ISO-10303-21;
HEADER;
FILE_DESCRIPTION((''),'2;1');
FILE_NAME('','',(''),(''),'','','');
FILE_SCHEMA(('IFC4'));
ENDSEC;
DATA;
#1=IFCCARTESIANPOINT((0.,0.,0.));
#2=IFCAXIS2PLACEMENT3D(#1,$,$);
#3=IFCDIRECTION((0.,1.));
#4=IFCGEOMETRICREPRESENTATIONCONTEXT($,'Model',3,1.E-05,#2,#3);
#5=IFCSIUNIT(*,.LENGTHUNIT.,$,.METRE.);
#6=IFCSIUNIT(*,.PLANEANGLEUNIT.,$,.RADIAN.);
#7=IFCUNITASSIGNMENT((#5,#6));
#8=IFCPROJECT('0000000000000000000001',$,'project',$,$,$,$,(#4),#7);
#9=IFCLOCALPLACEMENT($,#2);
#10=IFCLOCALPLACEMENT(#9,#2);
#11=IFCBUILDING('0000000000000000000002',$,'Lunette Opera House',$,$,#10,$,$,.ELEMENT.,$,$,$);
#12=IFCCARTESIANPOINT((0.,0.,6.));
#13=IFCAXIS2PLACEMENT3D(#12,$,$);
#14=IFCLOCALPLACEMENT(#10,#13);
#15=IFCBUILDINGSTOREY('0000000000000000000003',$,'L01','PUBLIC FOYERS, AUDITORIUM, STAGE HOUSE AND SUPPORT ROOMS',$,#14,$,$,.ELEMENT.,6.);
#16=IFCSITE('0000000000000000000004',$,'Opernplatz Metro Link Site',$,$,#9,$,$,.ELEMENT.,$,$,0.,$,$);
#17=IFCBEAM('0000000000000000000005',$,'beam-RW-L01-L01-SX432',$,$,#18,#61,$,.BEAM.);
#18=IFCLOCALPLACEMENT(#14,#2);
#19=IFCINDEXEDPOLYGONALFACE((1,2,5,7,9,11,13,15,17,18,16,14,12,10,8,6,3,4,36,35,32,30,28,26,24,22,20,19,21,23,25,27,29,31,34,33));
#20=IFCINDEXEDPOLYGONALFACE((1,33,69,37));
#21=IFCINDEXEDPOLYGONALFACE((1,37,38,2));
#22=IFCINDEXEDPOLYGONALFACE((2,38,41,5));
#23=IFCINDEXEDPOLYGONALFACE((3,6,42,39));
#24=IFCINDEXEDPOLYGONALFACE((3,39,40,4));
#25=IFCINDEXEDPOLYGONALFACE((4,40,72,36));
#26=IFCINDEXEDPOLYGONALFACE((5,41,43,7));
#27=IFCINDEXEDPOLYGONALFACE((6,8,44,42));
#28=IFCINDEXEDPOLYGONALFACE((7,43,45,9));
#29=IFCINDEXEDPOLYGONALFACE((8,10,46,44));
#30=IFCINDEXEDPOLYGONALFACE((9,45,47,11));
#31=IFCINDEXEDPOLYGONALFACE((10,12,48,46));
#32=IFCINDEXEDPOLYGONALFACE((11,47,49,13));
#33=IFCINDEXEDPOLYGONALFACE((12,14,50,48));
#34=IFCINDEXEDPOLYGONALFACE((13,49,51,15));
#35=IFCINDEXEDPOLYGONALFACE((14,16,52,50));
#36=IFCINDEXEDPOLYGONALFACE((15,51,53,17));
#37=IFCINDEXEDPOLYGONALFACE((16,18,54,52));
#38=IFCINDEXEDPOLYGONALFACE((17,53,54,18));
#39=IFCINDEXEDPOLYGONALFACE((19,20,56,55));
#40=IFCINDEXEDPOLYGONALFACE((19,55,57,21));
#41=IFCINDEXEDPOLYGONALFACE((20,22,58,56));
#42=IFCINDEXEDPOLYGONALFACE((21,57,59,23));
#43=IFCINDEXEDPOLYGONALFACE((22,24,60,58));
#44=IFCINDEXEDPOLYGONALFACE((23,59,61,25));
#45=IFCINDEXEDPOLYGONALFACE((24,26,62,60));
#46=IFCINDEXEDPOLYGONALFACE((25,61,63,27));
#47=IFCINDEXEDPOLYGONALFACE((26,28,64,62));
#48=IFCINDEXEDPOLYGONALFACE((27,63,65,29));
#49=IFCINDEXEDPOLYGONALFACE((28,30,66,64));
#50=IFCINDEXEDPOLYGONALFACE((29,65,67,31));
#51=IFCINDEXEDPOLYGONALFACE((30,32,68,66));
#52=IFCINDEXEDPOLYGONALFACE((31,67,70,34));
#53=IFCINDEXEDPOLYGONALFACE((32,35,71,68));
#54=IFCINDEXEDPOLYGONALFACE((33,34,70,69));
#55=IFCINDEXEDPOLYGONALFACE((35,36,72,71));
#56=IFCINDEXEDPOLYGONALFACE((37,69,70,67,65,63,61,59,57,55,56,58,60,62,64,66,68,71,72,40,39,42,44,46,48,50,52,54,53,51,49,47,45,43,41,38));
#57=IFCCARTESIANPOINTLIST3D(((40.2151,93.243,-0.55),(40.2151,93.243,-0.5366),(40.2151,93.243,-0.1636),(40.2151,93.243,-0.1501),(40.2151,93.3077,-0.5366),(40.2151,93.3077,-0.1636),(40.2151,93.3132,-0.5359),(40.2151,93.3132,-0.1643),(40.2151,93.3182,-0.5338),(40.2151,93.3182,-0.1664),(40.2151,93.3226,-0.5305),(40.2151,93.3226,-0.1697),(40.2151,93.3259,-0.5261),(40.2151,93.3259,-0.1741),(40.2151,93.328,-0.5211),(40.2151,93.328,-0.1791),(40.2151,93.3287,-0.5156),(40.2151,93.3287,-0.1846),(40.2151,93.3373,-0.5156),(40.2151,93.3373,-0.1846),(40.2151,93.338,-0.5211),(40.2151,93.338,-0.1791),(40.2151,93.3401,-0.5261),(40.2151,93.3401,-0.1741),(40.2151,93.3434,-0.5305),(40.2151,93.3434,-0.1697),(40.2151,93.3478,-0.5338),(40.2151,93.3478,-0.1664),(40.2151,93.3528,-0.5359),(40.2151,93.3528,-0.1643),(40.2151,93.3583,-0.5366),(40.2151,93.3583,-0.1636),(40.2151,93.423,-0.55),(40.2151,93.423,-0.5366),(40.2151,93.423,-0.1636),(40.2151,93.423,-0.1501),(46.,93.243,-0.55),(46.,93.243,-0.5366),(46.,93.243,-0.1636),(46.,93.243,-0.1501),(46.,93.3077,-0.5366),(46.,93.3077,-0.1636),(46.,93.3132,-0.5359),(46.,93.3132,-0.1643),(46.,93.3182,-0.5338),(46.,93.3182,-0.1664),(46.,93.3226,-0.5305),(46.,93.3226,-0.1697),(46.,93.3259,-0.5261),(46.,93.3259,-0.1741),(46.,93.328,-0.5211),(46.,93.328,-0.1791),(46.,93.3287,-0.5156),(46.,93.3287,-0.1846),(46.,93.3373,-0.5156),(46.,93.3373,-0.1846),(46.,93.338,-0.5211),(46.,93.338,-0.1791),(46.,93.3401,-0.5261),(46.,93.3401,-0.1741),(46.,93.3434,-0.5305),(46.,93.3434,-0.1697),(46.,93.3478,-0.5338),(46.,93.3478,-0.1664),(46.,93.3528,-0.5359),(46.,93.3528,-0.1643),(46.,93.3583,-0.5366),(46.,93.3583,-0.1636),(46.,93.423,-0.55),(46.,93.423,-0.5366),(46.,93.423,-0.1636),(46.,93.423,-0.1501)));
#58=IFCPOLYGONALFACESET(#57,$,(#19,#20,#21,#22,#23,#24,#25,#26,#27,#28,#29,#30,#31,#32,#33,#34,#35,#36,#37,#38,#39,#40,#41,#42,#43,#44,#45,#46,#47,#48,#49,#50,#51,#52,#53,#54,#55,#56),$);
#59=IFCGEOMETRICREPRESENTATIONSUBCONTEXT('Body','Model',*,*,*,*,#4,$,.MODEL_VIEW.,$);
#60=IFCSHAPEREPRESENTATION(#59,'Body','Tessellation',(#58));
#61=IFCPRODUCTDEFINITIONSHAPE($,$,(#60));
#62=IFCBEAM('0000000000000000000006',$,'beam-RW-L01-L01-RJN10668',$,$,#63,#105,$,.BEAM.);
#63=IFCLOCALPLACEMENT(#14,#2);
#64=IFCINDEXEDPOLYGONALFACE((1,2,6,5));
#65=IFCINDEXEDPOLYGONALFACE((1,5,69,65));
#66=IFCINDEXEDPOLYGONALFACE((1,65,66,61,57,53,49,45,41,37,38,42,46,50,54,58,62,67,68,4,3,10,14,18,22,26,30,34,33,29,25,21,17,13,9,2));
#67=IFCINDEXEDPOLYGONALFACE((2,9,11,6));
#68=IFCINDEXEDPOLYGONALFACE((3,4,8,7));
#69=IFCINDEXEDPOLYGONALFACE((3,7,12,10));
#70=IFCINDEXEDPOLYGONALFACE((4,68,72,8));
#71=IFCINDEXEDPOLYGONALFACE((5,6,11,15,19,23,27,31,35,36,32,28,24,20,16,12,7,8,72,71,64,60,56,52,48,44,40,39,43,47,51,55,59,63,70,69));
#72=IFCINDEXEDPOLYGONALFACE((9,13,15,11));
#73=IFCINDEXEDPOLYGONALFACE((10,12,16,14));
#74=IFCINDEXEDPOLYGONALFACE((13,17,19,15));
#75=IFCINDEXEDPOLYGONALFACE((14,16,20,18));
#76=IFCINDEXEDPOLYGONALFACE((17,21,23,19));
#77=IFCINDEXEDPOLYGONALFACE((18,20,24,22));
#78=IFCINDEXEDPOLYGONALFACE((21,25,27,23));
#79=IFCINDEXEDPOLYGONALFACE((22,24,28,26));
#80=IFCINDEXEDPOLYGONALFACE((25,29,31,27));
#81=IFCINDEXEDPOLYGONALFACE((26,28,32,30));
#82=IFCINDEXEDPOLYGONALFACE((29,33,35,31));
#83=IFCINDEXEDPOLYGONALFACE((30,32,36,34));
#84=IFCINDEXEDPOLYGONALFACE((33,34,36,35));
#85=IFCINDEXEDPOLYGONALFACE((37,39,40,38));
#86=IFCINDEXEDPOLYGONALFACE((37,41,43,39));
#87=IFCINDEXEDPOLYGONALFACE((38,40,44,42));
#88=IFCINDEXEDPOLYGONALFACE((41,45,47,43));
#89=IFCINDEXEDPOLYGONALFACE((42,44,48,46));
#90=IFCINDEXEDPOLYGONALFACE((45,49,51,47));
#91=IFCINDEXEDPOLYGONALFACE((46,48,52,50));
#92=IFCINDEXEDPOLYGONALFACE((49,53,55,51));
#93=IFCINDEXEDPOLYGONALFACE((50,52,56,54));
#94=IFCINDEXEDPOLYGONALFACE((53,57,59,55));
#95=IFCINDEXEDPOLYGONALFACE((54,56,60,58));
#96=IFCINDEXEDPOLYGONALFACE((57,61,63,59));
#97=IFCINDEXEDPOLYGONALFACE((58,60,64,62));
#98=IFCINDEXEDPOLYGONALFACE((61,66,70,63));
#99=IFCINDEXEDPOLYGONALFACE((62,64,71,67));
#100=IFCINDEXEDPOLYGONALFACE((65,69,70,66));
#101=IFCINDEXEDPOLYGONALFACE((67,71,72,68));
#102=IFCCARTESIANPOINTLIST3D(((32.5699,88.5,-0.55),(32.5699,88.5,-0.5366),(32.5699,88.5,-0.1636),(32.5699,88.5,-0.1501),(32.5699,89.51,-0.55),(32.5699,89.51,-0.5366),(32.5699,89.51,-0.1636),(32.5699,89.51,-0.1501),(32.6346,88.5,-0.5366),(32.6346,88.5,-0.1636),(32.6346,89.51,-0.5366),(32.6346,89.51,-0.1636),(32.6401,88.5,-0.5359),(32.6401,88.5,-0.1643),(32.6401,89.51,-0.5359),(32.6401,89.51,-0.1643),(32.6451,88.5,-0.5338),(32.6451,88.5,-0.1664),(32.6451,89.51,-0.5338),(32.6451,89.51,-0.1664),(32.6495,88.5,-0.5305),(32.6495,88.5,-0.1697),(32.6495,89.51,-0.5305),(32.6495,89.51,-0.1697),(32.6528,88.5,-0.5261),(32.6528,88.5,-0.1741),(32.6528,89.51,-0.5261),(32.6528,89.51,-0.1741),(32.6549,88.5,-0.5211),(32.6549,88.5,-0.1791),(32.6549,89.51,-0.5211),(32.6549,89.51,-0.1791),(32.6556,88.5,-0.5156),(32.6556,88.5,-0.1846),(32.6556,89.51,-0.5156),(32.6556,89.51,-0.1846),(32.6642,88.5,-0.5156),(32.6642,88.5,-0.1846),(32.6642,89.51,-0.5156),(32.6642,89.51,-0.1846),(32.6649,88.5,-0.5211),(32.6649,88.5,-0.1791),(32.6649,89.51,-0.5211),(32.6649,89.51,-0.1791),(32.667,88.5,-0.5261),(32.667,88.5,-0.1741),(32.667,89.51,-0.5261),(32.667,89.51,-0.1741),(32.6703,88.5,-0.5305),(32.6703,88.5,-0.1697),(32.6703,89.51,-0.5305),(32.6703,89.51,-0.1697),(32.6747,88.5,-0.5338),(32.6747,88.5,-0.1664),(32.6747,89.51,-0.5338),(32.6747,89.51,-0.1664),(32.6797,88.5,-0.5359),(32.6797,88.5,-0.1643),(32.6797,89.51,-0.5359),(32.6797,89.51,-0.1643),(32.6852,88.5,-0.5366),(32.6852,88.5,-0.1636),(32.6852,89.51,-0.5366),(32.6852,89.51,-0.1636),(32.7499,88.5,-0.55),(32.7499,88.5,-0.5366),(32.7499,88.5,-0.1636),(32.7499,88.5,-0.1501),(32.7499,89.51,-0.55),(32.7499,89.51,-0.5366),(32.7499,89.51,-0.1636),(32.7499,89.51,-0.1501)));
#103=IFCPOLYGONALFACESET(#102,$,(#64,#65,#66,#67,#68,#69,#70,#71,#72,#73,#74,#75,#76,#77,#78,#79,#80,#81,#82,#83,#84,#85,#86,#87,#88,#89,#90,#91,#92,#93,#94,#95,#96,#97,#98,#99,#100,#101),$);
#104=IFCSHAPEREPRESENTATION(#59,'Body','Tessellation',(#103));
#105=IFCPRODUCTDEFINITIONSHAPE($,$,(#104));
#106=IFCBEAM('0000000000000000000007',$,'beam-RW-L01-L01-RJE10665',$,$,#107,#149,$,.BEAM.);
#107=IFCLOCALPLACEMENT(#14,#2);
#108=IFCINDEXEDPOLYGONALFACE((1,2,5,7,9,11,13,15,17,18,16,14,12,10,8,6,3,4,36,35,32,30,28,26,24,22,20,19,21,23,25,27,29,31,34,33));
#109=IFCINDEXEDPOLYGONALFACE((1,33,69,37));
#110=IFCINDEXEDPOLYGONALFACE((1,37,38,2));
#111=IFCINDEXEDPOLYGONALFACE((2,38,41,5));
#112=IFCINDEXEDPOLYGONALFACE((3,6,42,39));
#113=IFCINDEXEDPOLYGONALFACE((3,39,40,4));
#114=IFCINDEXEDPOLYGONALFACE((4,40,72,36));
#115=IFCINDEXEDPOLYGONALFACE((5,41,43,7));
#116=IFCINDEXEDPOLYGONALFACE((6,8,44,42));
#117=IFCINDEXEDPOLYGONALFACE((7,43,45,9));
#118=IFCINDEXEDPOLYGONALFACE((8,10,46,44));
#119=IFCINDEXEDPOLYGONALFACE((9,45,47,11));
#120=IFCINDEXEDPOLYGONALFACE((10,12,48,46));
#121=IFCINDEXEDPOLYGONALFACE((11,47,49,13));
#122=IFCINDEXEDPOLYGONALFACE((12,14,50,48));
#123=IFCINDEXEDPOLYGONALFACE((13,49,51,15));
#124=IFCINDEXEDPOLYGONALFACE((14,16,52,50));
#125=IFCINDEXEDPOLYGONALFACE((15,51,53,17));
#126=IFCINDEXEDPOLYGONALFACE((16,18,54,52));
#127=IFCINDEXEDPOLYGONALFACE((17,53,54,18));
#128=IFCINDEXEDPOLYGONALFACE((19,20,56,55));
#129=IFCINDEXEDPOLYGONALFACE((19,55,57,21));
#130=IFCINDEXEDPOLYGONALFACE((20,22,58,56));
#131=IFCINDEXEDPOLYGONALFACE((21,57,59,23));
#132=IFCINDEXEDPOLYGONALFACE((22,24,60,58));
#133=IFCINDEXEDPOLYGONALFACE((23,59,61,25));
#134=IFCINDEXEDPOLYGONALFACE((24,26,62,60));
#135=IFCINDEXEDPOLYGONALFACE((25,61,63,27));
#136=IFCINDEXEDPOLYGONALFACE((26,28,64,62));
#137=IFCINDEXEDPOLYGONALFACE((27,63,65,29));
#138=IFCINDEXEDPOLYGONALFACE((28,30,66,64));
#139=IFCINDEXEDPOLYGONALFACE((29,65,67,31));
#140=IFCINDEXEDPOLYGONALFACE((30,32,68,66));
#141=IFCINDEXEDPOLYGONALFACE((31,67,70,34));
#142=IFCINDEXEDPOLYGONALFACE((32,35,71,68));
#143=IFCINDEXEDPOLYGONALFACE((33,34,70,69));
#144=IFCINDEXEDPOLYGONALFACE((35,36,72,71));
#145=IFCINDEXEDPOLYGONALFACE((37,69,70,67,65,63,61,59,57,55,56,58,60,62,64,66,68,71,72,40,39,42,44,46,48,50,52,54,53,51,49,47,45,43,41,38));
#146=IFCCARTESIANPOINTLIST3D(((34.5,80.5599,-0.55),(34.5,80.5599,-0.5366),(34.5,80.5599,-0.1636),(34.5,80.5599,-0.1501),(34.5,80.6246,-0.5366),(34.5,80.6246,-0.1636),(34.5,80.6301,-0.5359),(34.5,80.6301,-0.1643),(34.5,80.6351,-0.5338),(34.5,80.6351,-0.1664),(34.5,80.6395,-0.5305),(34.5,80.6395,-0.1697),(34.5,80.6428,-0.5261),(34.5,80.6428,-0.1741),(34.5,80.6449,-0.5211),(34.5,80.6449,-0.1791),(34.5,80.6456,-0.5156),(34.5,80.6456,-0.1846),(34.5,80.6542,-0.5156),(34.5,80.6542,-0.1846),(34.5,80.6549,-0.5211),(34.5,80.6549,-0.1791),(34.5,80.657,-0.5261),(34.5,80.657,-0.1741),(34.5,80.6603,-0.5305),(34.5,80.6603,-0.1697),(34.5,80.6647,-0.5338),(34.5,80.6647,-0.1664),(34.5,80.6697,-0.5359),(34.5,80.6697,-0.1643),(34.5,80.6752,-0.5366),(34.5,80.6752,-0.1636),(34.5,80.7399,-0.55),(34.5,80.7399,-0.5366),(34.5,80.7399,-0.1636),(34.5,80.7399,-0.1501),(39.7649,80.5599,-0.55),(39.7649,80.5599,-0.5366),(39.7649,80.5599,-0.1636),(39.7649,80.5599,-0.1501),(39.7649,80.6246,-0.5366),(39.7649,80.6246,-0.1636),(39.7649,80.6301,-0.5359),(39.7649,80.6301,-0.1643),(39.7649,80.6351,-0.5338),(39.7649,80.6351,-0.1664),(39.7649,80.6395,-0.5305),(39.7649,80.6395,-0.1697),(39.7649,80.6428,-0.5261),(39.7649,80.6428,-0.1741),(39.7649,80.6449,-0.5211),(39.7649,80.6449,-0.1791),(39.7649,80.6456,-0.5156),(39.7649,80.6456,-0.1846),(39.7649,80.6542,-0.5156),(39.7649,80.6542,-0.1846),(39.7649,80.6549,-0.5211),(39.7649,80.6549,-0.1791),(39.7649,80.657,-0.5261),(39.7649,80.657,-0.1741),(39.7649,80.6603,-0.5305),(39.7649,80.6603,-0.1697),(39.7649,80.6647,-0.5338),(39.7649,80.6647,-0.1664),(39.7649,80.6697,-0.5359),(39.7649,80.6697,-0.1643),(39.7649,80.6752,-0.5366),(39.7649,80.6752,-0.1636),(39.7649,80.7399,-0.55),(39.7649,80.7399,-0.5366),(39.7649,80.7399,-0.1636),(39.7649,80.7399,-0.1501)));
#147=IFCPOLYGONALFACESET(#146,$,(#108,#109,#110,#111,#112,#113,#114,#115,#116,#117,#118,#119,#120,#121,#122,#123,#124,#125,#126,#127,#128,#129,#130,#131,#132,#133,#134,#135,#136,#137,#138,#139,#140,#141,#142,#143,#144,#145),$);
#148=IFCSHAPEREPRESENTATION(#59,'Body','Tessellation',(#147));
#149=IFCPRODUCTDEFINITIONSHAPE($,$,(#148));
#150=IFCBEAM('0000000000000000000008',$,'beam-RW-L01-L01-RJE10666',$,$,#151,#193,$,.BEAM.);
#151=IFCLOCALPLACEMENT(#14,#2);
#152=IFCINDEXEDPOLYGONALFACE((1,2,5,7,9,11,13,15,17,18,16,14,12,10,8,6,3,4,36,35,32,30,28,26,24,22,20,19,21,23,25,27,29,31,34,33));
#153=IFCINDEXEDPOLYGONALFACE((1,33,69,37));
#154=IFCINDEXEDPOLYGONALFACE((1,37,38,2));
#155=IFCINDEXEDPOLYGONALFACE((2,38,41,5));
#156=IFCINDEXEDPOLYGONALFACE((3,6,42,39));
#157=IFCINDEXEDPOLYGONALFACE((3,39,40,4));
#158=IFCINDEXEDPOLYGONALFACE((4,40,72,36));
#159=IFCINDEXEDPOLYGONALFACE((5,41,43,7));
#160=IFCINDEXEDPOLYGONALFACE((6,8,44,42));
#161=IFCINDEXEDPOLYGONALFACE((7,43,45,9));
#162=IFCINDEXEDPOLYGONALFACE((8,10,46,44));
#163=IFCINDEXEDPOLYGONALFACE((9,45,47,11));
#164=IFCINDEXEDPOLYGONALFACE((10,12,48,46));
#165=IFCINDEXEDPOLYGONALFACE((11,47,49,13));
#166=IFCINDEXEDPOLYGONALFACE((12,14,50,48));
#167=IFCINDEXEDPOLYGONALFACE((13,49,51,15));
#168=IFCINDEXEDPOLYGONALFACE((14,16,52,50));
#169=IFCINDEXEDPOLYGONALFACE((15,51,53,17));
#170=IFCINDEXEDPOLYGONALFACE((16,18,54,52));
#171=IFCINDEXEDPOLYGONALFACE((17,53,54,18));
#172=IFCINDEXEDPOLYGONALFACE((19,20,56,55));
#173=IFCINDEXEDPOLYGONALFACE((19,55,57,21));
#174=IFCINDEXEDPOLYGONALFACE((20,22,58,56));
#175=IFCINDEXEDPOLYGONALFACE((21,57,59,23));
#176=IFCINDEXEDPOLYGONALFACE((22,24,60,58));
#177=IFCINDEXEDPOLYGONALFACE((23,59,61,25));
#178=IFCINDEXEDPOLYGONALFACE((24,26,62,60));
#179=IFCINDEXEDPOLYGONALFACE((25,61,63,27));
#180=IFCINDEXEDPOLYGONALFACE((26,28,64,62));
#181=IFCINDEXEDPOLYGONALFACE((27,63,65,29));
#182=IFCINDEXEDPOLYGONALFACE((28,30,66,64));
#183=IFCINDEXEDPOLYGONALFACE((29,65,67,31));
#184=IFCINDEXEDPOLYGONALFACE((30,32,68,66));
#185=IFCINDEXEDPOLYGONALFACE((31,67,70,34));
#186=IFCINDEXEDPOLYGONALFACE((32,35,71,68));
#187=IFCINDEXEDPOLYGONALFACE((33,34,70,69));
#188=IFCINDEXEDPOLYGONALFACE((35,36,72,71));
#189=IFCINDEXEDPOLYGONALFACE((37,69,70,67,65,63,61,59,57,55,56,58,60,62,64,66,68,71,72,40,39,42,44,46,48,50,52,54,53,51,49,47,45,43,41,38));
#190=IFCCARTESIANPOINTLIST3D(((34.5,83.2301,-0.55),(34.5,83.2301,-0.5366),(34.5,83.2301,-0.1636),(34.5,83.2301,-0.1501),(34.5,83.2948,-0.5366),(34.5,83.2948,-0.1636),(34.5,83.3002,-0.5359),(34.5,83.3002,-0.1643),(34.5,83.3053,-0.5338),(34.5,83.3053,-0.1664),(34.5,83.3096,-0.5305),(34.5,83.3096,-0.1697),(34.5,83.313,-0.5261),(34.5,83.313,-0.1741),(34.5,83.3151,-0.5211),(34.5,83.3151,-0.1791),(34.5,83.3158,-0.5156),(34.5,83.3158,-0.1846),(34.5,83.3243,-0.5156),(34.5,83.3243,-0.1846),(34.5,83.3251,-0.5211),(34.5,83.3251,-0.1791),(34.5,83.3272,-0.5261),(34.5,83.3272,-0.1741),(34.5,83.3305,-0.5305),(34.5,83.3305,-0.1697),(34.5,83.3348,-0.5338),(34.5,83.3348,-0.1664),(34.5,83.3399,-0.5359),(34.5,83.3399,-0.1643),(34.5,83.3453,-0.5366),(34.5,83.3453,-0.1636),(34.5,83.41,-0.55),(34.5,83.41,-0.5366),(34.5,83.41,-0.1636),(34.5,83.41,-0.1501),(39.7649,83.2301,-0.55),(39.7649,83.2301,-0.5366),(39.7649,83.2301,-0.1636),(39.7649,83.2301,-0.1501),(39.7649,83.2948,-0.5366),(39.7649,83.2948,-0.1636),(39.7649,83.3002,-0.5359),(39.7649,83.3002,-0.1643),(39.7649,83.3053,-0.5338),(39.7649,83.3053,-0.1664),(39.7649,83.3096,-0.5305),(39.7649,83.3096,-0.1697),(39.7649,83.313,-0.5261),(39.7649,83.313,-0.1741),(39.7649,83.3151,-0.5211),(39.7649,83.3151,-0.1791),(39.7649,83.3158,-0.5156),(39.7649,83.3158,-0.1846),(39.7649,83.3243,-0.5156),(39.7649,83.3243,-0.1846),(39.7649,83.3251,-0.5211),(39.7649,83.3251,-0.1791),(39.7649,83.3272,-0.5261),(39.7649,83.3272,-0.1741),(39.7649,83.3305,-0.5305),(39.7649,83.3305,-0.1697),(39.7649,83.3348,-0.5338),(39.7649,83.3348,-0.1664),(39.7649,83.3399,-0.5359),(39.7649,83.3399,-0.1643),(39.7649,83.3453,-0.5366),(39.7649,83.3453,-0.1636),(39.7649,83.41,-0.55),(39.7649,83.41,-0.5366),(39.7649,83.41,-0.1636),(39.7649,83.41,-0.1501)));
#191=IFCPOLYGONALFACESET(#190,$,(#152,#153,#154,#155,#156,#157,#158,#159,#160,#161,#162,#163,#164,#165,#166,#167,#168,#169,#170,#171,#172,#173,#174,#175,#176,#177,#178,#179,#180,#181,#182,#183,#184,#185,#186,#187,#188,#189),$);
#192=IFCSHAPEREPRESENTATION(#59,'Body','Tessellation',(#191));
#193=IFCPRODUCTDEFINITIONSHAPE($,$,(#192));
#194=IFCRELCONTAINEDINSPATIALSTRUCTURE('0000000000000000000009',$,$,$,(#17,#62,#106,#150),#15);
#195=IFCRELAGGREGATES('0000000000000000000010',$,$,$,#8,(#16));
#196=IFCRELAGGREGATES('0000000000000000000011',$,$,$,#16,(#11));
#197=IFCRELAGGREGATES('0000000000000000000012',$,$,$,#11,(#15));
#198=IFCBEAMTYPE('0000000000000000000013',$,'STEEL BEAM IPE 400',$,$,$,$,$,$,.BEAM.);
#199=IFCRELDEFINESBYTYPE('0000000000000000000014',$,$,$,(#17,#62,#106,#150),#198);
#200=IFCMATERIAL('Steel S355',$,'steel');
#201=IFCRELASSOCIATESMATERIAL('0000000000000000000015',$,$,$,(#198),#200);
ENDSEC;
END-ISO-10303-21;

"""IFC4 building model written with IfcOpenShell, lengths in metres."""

from ifc_helpers import new_model, si_unit, direction, frame, origin, origin_2d, place, context, subcontext, project, spatial, i_section, extrude, material, material_profile, profile_set, type_object, element, save


model = new_model("IFC4")

# Units and contexts
model_context = context("Model", 3, precision=1e-05, world=origin(), true_north=direction((0.0, 1.0)))
body_context = subcontext(model_context, "Body", "Model", "MODEL_VIEW")
ifc_project = project(units=[si_unit("LENGTHUNIT", "METRE"), si_unit("PLANEANGLEUNIT", "RADIAN")], contexts=[model_context])

# Site, building, storey
site_placement = place(None, origin())
site = spatial("IfcSite", under=ifc_project, at=site_placement, Name="Opernplatz Metro Link Site", CompositionType="ELEMENT", RefElevation=0.0)
building_placement = place(site_placement, origin())
building = spatial("IfcBuilding", under=site, at=building_placement, Name="Lunette Opera House", CompositionType="ELEMENT")
storey_placement = place(building_placement, frame((0.0, 0.0, 6.0)))
storey = spatial("IfcBuildingStorey", under=building, at=storey_placement, Name="L01", Description="PUBLIC FOYERS, AUDITORIUM, STAGE HOUSE AND SUPPORT ROOMS", CompositionType="ELEMENT", Elevation=6.0)

# Beams
ifc_material_1 = material(Name="Steel S355", Category="steel")
ifc_material_profile_1 = material_profile(ifc_material_1, i_section(OverallWidth=0.1799, OverallDepth=0.3999, WebThickness=0.0085, FlangeThickness=0.0134, FilletRadius=0.021, at=origin_2d()), Name="IPE 400")
ifc_profile_set_1 = profile_set([ifc_material_profile_1], Name="Steel S355")
beam_type_1 = type_object("IfcBeamType", Name="STEEL BEAM IPE 400", PredefinedType="BEAM", material=ifc_profile_set_1)
for number, where, z_axis, x_axis, name in (
    (1, (40.2151, 93.333, -0.3501), (1.0, 0.0, 0.0), (0.0, 1.0, 0.0), "beam-RW-L01-L01-SX432"),
):
    element("IfcBeam", number, at=place(storey_placement, frame(where, z_axis=z_axis, x_axis=x_axis)), inside=storey, type_object=beam_type_1, Name=name, PredefinedType="BEAM", context=body_context, shape_type="SweptSolid", body=[
        extrude(i_section(OverallWidth=0.1799, OverallDepth=0.3999, WebThickness=0.0085, FlangeThickness=0.0134, FilletRadius=0.021, at=origin_2d()), origin(), (0.0, 0.0, 1.0), 5.7849),
    ])
beam_1_placement = place(storey_placement, frame((32.6599, 88.5, -0.3501), z_axis=(0.0, 1.0, 0.0), x_axis=(-1.0, 0.0, 0.0)))
element("IfcBeam", 2, at=beam_1_placement, inside=storey, type_object=beam_type_1, Name="beam-RW-L01-L01-RJN10668", PredefinedType="BEAM", context=body_context, shape_type="SweptSolid", body=[
    extrude(i_section(OverallWidth=0.1799, OverallDepth=0.3999, WebThickness=0.0085, FlangeThickness=0.0134, FilletRadius=0.021, at=origin_2d()), origin(), (0.0, 0.0, 1.0), 1.01),
])
for number, where, z_axis, x_axis, name in (
    (3, (34.5, 80.6499, -0.3501), (1.0, 0.0, 0.0), (0.0, 1.0, 0.0), "beam-RW-L01-L01-RJE10665"),
    (4, (34.5, 83.3201, -0.3501), (1.0, 0.0, 0.0), (0.0, 1.0, 0.0), "beam-RW-L01-L01-RJE10666"),
):
    element("IfcBeam", number, at=place(storey_placement, frame(where, z_axis=z_axis, x_axis=x_axis)), inside=storey, type_object=beam_type_1, Name=name, PredefinedType="BEAM", context=body_context, shape_type="SweptSolid", body=[
        extrude(i_section(OverallWidth=0.1799, OverallDepth=0.3999, WebThickness=0.0085, FlangeThickness=0.0134, FilletRadius=0.021, at=origin_2d()), origin(), (0.0, 0.0, 1.0), 5.2649),
    ])

save(model, "model.ifc")
